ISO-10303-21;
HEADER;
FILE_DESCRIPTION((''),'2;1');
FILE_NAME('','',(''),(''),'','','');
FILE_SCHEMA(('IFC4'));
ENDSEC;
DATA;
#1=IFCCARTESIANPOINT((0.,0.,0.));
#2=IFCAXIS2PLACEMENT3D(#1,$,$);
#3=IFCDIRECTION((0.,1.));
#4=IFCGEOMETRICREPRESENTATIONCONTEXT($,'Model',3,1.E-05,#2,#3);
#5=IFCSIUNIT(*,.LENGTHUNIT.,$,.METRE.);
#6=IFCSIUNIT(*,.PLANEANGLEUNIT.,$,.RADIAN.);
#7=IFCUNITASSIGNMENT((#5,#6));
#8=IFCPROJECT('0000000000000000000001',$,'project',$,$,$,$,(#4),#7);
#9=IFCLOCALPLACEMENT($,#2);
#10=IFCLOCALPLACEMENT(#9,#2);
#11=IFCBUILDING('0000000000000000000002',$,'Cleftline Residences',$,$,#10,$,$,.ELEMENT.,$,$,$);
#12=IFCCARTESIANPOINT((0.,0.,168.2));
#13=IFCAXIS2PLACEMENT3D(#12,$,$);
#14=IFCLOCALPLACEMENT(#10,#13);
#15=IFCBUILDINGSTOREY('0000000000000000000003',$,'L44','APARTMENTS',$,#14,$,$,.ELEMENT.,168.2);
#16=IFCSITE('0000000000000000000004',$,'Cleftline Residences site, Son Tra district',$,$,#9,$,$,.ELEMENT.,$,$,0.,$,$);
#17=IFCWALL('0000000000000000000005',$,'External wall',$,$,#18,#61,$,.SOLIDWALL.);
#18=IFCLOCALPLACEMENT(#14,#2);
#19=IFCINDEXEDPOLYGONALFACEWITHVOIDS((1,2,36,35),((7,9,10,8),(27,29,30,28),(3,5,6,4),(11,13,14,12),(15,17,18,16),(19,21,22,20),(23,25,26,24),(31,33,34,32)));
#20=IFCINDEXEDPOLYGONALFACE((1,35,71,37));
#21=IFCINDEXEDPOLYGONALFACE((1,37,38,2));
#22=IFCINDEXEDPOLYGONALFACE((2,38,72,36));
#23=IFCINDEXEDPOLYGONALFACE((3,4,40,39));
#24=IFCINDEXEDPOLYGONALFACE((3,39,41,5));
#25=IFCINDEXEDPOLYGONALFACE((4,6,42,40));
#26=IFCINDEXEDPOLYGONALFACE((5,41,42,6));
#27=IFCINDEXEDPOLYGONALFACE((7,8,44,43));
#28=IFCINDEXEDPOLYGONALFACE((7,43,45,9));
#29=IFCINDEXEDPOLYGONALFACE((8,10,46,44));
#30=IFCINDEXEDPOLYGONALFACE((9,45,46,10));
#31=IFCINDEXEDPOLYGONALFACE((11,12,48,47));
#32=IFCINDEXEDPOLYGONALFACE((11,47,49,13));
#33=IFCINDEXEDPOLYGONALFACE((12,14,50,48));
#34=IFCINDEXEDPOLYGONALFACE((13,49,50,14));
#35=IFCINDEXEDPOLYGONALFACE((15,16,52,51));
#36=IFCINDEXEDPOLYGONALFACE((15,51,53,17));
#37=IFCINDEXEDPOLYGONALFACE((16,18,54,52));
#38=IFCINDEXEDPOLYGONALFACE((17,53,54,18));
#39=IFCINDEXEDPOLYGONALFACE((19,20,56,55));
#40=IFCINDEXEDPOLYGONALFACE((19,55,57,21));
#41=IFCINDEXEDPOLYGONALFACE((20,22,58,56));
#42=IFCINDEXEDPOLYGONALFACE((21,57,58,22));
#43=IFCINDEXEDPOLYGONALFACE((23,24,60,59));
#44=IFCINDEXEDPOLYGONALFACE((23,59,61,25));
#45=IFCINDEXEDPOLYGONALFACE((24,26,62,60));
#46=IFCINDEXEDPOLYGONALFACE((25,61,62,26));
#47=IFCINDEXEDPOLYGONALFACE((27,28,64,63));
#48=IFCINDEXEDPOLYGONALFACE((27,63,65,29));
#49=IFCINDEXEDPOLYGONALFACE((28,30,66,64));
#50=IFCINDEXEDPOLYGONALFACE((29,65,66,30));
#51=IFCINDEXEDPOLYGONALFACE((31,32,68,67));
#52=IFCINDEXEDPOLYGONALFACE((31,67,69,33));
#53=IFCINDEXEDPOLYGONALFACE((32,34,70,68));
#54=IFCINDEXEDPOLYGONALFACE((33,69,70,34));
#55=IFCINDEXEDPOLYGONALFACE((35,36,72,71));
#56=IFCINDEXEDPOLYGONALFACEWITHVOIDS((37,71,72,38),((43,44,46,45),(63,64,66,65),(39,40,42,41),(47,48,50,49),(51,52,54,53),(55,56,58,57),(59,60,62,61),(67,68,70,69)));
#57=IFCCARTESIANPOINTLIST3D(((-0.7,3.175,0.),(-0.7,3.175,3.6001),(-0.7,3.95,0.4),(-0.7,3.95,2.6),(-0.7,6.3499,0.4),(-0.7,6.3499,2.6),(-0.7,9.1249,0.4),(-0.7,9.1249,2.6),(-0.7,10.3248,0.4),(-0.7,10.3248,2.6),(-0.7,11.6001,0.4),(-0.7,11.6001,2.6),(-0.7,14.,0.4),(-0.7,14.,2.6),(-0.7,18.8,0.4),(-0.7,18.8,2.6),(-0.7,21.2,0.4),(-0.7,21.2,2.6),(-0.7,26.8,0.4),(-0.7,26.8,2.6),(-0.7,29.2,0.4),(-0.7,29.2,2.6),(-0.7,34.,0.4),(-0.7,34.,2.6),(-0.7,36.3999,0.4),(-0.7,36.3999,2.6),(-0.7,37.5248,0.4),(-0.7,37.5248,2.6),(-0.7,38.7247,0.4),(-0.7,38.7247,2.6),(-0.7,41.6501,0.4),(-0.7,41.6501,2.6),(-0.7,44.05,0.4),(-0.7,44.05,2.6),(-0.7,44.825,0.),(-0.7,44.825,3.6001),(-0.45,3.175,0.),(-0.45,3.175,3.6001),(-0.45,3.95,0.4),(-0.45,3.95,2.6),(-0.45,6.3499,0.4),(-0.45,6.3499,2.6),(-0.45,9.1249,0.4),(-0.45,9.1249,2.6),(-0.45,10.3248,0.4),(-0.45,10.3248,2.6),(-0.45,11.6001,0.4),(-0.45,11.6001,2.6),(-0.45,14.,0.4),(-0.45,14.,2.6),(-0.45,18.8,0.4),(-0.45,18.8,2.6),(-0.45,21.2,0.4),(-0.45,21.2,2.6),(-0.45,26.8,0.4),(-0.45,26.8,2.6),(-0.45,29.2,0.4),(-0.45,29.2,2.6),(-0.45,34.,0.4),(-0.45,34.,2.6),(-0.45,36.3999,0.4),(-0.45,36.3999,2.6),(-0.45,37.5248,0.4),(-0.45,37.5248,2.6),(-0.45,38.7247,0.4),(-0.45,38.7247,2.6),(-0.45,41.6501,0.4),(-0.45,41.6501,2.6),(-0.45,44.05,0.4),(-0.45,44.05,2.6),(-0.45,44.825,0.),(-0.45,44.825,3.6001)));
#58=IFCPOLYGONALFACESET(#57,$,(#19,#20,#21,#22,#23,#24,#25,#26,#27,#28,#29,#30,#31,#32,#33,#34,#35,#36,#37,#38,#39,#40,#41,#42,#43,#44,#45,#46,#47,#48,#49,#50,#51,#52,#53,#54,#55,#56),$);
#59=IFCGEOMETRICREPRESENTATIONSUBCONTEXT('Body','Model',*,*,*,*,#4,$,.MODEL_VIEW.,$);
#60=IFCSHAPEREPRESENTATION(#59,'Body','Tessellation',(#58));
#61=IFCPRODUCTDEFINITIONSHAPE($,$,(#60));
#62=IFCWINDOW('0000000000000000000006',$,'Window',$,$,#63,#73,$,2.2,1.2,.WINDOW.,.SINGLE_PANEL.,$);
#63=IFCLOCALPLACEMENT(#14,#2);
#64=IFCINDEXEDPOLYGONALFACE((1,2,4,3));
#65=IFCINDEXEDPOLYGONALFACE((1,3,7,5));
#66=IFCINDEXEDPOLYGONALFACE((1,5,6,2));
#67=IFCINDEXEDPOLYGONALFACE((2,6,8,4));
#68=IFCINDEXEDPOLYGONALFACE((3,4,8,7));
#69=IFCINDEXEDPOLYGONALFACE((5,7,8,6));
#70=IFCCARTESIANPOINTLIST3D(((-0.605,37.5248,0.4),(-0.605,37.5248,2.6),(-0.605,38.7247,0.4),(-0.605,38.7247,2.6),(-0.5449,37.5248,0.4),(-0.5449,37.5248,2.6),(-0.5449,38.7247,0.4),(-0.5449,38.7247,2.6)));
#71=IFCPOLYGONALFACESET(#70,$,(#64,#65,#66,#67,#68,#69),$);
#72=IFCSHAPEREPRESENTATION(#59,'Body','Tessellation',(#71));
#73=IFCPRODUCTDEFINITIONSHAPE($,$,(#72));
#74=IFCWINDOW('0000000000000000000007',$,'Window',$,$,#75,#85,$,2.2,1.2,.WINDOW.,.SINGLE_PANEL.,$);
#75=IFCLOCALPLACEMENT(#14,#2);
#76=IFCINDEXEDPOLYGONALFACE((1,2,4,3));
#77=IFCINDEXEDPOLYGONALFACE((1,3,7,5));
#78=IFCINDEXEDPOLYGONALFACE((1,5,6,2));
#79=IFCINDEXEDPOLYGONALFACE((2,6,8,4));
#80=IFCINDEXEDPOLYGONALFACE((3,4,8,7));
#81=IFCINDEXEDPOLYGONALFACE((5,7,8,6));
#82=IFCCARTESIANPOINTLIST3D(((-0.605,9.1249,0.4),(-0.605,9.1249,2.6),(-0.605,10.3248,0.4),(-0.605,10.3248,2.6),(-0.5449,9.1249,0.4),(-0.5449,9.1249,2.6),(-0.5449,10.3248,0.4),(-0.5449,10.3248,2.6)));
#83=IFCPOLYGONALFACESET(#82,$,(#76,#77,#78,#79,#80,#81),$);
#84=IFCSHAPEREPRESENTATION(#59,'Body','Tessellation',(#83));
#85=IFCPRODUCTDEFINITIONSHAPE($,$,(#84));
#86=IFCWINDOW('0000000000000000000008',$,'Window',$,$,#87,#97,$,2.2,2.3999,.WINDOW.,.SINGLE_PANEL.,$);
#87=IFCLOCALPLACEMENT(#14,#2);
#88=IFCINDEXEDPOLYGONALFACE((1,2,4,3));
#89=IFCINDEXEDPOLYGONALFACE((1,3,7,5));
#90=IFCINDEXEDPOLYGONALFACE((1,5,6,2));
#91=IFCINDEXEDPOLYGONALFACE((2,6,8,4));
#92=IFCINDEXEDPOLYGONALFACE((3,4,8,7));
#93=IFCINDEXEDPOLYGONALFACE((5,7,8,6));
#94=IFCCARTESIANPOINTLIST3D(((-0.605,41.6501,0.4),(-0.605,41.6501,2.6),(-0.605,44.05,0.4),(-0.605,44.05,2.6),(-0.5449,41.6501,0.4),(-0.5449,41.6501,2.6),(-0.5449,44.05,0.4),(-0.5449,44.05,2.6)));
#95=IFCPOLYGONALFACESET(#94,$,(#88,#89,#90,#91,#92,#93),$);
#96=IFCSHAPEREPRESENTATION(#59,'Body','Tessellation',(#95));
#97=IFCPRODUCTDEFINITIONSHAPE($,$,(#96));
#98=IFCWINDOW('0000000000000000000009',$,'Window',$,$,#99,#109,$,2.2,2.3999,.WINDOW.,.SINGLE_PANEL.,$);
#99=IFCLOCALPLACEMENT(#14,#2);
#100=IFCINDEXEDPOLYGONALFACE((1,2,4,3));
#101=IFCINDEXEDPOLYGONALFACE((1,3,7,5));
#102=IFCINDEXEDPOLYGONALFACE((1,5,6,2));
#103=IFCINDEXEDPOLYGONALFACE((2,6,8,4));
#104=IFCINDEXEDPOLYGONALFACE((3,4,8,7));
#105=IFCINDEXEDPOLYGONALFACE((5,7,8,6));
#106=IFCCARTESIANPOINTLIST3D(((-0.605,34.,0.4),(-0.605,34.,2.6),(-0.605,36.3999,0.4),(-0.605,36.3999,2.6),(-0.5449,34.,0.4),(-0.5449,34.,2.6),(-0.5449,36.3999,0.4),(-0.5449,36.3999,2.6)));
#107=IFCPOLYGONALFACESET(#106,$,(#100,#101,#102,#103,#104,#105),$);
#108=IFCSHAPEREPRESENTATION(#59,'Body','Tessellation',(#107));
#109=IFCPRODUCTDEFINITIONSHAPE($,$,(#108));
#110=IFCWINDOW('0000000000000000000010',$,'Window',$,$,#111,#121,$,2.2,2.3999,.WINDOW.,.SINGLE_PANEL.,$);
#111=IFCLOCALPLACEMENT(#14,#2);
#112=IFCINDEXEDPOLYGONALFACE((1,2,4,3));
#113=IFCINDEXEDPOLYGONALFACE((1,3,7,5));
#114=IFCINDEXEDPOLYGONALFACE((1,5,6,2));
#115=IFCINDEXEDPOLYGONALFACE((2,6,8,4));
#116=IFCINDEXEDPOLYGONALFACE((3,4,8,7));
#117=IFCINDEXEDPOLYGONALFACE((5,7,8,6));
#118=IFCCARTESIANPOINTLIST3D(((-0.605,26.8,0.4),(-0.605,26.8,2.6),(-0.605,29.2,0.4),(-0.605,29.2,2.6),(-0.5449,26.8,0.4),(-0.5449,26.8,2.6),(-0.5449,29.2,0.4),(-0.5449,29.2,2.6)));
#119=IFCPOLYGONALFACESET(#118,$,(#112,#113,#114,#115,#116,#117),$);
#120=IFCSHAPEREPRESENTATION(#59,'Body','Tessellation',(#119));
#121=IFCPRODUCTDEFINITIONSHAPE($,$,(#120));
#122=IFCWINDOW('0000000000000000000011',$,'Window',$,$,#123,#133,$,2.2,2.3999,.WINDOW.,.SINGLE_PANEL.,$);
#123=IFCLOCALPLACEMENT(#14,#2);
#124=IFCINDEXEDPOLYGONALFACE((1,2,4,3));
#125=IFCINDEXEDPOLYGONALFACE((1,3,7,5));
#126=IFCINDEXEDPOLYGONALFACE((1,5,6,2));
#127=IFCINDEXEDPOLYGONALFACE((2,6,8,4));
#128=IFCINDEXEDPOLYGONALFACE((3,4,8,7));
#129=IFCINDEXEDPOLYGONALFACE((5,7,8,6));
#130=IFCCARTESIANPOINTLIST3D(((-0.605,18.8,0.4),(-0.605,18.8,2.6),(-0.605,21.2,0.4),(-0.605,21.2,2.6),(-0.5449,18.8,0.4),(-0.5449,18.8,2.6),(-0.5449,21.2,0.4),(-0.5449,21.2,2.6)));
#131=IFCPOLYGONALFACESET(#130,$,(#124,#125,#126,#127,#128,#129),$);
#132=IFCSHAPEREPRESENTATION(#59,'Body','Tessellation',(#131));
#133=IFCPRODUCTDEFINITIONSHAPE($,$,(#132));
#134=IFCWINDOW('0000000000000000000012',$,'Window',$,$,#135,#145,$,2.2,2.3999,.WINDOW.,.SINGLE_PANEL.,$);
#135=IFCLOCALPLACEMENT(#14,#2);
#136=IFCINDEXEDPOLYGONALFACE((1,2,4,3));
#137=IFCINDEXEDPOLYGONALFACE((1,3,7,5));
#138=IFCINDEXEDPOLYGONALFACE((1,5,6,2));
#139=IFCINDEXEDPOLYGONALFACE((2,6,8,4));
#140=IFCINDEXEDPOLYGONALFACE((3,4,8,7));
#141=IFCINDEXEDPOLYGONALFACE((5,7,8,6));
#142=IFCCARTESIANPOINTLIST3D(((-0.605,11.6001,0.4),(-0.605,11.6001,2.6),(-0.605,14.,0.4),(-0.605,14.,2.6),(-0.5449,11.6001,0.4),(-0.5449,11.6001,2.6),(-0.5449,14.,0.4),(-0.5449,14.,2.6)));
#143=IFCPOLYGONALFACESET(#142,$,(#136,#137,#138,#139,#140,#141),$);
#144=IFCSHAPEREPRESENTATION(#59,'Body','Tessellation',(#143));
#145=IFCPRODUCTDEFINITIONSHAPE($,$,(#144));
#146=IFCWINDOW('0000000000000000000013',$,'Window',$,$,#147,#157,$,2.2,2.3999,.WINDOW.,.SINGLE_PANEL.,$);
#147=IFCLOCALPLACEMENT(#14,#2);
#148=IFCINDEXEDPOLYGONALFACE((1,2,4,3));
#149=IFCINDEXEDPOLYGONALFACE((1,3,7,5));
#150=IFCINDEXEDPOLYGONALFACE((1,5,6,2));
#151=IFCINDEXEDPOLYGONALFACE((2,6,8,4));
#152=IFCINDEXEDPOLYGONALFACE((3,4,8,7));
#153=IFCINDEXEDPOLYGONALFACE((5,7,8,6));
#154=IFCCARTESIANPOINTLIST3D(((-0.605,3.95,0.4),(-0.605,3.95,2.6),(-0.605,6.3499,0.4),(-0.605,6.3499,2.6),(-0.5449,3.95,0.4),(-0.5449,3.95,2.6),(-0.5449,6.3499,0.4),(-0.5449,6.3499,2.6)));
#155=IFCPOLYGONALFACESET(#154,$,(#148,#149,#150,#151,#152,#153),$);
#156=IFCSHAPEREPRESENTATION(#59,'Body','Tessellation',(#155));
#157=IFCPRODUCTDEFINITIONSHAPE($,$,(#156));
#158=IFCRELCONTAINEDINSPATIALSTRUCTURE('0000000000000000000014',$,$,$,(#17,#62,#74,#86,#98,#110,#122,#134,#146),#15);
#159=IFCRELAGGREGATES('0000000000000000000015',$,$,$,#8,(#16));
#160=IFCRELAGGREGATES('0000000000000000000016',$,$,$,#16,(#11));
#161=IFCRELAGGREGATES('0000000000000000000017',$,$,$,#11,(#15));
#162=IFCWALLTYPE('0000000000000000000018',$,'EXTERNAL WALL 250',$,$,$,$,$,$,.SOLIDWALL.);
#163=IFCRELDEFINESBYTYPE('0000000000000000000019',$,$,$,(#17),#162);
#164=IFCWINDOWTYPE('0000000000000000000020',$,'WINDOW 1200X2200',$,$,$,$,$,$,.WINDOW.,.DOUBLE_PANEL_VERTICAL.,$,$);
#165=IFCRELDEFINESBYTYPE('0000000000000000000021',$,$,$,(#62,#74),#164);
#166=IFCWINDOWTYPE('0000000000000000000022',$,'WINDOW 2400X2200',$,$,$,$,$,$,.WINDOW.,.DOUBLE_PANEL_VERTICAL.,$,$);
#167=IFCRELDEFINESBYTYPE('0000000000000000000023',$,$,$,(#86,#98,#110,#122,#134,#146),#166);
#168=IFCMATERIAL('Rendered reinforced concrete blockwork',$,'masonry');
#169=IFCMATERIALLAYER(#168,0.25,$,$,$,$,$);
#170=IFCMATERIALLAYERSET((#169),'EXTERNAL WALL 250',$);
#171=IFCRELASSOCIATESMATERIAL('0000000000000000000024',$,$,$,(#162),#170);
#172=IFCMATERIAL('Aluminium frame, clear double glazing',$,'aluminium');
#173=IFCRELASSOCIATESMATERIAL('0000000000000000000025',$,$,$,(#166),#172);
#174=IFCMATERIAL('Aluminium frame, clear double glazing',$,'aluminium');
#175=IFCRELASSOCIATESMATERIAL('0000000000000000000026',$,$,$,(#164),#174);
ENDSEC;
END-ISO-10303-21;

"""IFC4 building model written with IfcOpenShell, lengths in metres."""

from ifc_helpers import new_model, si_unit, direction, frame, frame_2d, origin, place, context, subcontext, project, spatial, rectangle, extrude, material, layer, layer_set, type_object, element, fill, save


model = new_model("IFC4")

# Units and contexts
model_context = context("Model", 3, precision=1e-05, world=origin(), true_north=direction((0.0, 1.0)))
body_context = subcontext(model_context, "Body", "Model", "MODEL_VIEW")
ifc_project = project(units=[si_unit("LENGTHUNIT", "METRE"), si_unit("PLANEANGLEUNIT", "RADIAN")], contexts=[model_context])

# Site, building, storey
site_placement = place(None, origin())
site = spatial("IfcSite", under=ifc_project, at=site_placement, Name="Cleftline Residences site, Son Tra district", CompositionType="ELEMENT", RefElevation=0.0)
building_placement = place(site_placement, origin())
building = spatial("IfcBuilding", under=site, at=building_placement, Name="Cleftline Residences", CompositionType="ELEMENT")
storey_placement = place(building_placement, frame((0.0, 0.0, 168.2)))
storey = spatial("IfcBuildingStorey", under=building, at=storey_placement, Name="L44", Description="APARTMENTS", CompositionType="ELEMENT", Elevation=168.2)

# Shared definitions
ifc_material_1 = material(Name="Rendered reinforced concrete blockwork", Category="masonry")
ifc_layer_1 = layer(ifc_material_1, 0.25)
ifc_layer_set_1 = layer_set([ifc_layer_1], Name="EXTERNAL WALL 250")
wall_type_1 = type_object("IfcWallType", Name="EXTERNAL WALL 250", PredefinedType="SOLIDWALL", material=ifc_layer_set_1)
ifc_material_2 = material(Name="Aluminium frame, clear double glazing", Category="aluminium")
window_type_1 = type_object("IfcWindowType", Name="WINDOW 2400X2200", PartitioningType="DOUBLE_PANEL_VERTICAL", PredefinedType="WINDOW", material=ifc_material_2)

# Wall, openings, windows
wall_1_placement = place(storey_placement, frame((-0.575, 44.825, 0.0), z_axis=(0.0, 0.0, 1.0), x_axis=(0.0, -1.0, 0.0)))
wall_1 = element("IfcWall", 1, at=wall_1_placement, inside=storey, type_object=wall_type_1, Name="External wall", PredefinedType="SOLIDWALL", context=body_context, shape_type="SweptSolid", body=[
    extrude(rectangle(XDim=41.6499, YDim=0.25, at=frame_2d((20.825, 0.0))), origin(), (0.0, 0.0, 1.0), 3.6001),
])
opening_1_placement = place(wall_1_placement, frame((0.7749, 0.0, 0.3999)))
opening_1 = element("IfcOpeningElement", 2, at=opening_1_placement, cuts=wall_1, PredefinedType="OPENING", context=body_context, shape_type="SweptSolid", body=[
    extrude(rectangle(XDim=2.3999, YDim=2.2, at=frame_2d((1.2, 1.1001))), frame((0.0, 0.135, 0.0), z_axis=(0.0, -1.0, 0.0), x_axis=(1.0, 0.0, 0.0)), (0.0, 0.0, 1.0), 0.27),
])
opening_2_placement = place(wall_1_placement, frame((6.1001, 0.0, 0.3999)))
opening_2 = element("IfcOpeningElement", 3, at=opening_2_placement, cuts=wall_1, PredefinedType="OPENING", context=body_context, shape_type="SweptSolid", body=[
    extrude(rectangle(XDim=1.2, YDim=2.2, at=frame_2d((0.6001, 1.1001))), frame((0.0, 0.135, 0.0), z_axis=(0.0, -1.0, 0.0), x_axis=(1.0, 0.0, 0.0)), (0.0, 0.0, 1.0), 0.27),
])
opening_3_placement = place(wall_1_placement, frame((8.425, 0.0, 0.3999)))
opening_3 = element("IfcOpeningElement", 4, at=opening_3_placement, cuts=wall_1, PredefinedType="OPENING", context=body_context, shape_type="SweptSolid", body=[
    extrude(rectangle(XDim=2.3999, YDim=2.2, at=frame_2d((1.2, 1.1001))), frame((0.0, 0.135, 0.0), z_axis=(0.0, -1.0, 0.0), x_axis=(1.0, 0.0, 0.0)), (0.0, 0.0, 1.0), 0.27),
])
opening_4_placement = place(wall_1_placement, frame((15.625, 0.0, 0.3999)))
opening_4 = element("IfcOpeningElement", 5, at=opening_4_placement, cuts=wall_1, PredefinedType="OPENING", context=body_context, shape_type="SweptSolid", body=[
    extrude(rectangle(XDim=2.3999, YDim=2.2, at=frame_2d((1.2, 1.1001))), frame((0.0, 0.135, 0.0), z_axis=(0.0, -1.0, 0.0), x_axis=(1.0, 0.0, 0.0)), (0.0, 0.0, 1.0), 0.27),
])
opening_5_placement = place(wall_1_placement, frame((23.625, 0.0, 0.3999)))
opening_5 = element("IfcOpeningElement", 6, at=opening_5_placement, cuts=wall_1, PredefinedType="OPENING", context=body_context, shape_type="SweptSolid", body=[
    extrude(rectangle(XDim=2.3999, YDim=2.2, at=frame_2d((1.2, 1.1001))), frame((0.0, 0.135, 0.0), z_axis=(0.0, -1.0, 0.0), x_axis=(1.0, 0.0, 0.0)), (0.0, 0.0, 1.0), 0.27),
])
opening_6_placement = place(wall_1_placement, frame((30.825, 0.0, 0.3999)))
opening_6 = element("IfcOpeningElement", 7, at=opening_6_placement, cuts=wall_1, PredefinedType="OPENING", context=body_context, shape_type="SweptSolid", body=[
    extrude(rectangle(XDim=2.3999, YDim=2.2, at=frame_2d((1.2, 1.1001))), frame((0.0, 0.135, 0.0), z_axis=(0.0, -1.0, 0.0), x_axis=(1.0, 0.0, 0.0)), (0.0, 0.0, 1.0), 0.27),
])
opening_7_placement = place(wall_1_placement, frame((34.5, 0.0, 0.3999)))
opening_7 = element("IfcOpeningElement", 8, at=opening_7_placement, cuts=wall_1, PredefinedType="OPENING", context=body_context, shape_type="SweptSolid", body=[
    extrude(rectangle(XDim=1.2, YDim=2.2, at=frame_2d((0.6001, 1.1001))), frame((0.0, 0.135, 0.0), z_axis=(0.0, -1.0, 0.0), x_axis=(1.0, 0.0, 0.0)), (0.0, 0.0, 1.0), 0.27),
])
opening_8_placement = place(wall_1_placement, frame((38.4751, 0.0, 0.3999)))
opening_8 = element("IfcOpeningElement", 9, at=opening_8_placement, cuts=wall_1, PredefinedType="OPENING", context=body_context, shape_type="SweptSolid", body=[
    extrude(rectangle(XDim=2.3999, YDim=2.2, at=frame_2d((1.2, 1.1001))), frame((0.0, 0.135, 0.0), z_axis=(0.0, -1.0, 0.0), x_axis=(1.0, 0.0, 0.0)), (0.0, 0.0, 1.0), 0.27),
])
ifc_material_3 = material(Name="Aluminium frame, clear double glazing", Category="aluminium")
window_type_2 = type_object("IfcWindowType", Name="WINDOW 1200X2200", PartitioningType="DOUBLE_PANEL_VERTICAL", PredefinedType="WINDOW", material=ifc_material_3)
window_1_placement = place(opening_2_placement, origin())
window_1 = element("IfcWindow", 10, at=window_1_placement, inside=storey, type_object=window_type_2, Name="Window", OverallHeight=2.2, OverallWidth=1.2, PartitioningType="SINGLE_PANEL", PredefinedType="WINDOW", context=body_context, shape_type="SweptSolid", body=[
    extrude(rectangle(XDim=1.2, YDim=2.2, at=frame_2d((0.6001, 1.1001))), frame((0.0, 0.03, 0.0), z_axis=(0.0, -1.0, 0.0), x_axis=(1.0, 0.0, 0.0)), (0.0, 0.0, 1.0), 0.0601),
])
fill(opening_2, window_1)
window_2_placement = place(opening_7_placement, origin())
window_2 = element("IfcWindow", 11, at=window_2_placement, inside=storey, type_object=window_type_2, Name="Window", OverallHeight=2.2, OverallWidth=1.2, PartitioningType="SINGLE_PANEL", PredefinedType="WINDOW", context=body_context, shape_type="SweptSolid", body=[
    extrude(rectangle(XDim=1.2, YDim=2.2, at=frame_2d((0.6001, 1.1001))), frame((0.0, 0.03, 0.0), z_axis=(0.0, -1.0, 0.0), x_axis=(1.0, 0.0, 0.0)), (0.0, 0.0, 1.0), 0.0601),
])
fill(opening_7, window_2)
window_3_placement = place(opening_1_placement, origin())
window_3 = element("IfcWindow", 12, at=window_3_placement, inside=storey, type_object=window_type_1, Name="Window", OverallHeight=2.2, OverallWidth=2.3999, PartitioningType="SINGLE_PANEL", PredefinedType="WINDOW", context=body_context, shape_type="SweptSolid", body=[
    extrude(rectangle(XDim=2.3999, YDim=2.2, at=frame_2d((1.2, 1.1001))), frame((0.0, 0.03, 0.0), z_axis=(0.0, -1.0, 0.0), x_axis=(1.0, 0.0, 0.0)), (0.0, 0.0, 1.0), 0.0601),
])
fill(opening_1, window_3)
window_4_placement = place(opening_3_placement, origin())
window_4 = element("IfcWindow", 13, at=window_4_placement, inside=storey, type_object=window_type_1, Name="Window", OverallHeight=2.2, OverallWidth=2.3999, PartitioningType="SINGLE_PANEL", PredefinedType="WINDOW", context=body_context, shape_type="SweptSolid", body=[
    extrude(rectangle(XDim=2.3999, YDim=2.2, at=frame_2d((1.2, 1.1001))), frame((0.0, 0.03, 0.0), z_axis=(0.0, -1.0, 0.0), x_axis=(1.0, 0.0, 0.0)), (0.0, 0.0, 1.0), 0.0601),
])
fill(opening_3, window_4)
window_5_placement = place(opening_4_placement, origin())
window_5 = element("IfcWindow", 14, at=window_5_placement, inside=storey, type_object=window_type_1, Name="Window", OverallHeight=2.2, OverallWidth=2.3999, PartitioningType="SINGLE_PANEL", PredefinedType="WINDOW", context=body_context, shape_type="SweptSolid", body=[
    extrude(rectangle(XDim=2.3999, YDim=2.2, at=frame_2d((1.2, 1.1001))), frame((0.0, 0.03, 0.0), z_axis=(0.0, -1.0, 0.0), x_axis=(1.0, 0.0, 0.0)), (0.0, 0.0, 1.0), 0.0601),
])
fill(opening_4, window_5)
window_6_placement = place(opening_5_placement, origin())
window_6 = element("IfcWindow", 15, at=window_6_placement, inside=storey, type_object=window_type_1, Name="Window", OverallHeight=2.2, OverallWidth=2.3999, PartitioningType="SINGLE_PANEL", PredefinedType="WINDOW", context=body_context, shape_type="SweptSolid", body=[
    extrude(rectangle(XDim=2.3999, YDim=2.2, at=frame_2d((1.2, 1.1001))), frame((0.0, 0.03, 0.0), z_axis=(0.0, -1.0, 0.0), x_axis=(1.0, 0.0, 0.0)), (0.0, 0.0, 1.0), 0.0601),
])
fill(opening_5, window_6)
window_7_placement = place(opening_6_placement, origin())
window_7 = element("IfcWindow", 16, at=window_7_placement, inside=storey, type_object=window_type_1, Name="Window", OverallHeight=2.2, OverallWidth=2.3999, PartitioningType="SINGLE_PANEL", PredefinedType="WINDOW", context=body_context, shape_type="SweptSolid", body=[
    extrude(rectangle(XDim=2.3999, YDim=2.2, at=frame_2d((1.2, 1.1001))), frame((0.0, 0.03, 0.0), z_axis=(0.0, -1.0, 0.0), x_axis=(1.0, 0.0, 0.0)), (0.0, 0.0, 1.0), 0.0601),
])
fill(opening_6, window_7)
window_8_placement = place(opening_8_placement, origin())
window_8 = element("IfcWindow", 17, at=window_8_placement, inside=storey, type_object=window_type_1, Name="Window", OverallHeight=2.2, OverallWidth=2.3999, PartitioningType="SINGLE_PANEL", PredefinedType="WINDOW", context=body_context, shape_type="SweptSolid", body=[
    extrude(rectangle(XDim=2.3999, YDim=2.2, at=frame_2d((1.2, 1.1001))), frame((0.0, 0.03, 0.0), z_axis=(0.0, -1.0, 0.0), x_axis=(1.0, 0.0, 0.0)), (0.0, 0.0, 1.0), 0.0601),
])
fill(opening_8, window_8)

save(model, "model.ifc")
